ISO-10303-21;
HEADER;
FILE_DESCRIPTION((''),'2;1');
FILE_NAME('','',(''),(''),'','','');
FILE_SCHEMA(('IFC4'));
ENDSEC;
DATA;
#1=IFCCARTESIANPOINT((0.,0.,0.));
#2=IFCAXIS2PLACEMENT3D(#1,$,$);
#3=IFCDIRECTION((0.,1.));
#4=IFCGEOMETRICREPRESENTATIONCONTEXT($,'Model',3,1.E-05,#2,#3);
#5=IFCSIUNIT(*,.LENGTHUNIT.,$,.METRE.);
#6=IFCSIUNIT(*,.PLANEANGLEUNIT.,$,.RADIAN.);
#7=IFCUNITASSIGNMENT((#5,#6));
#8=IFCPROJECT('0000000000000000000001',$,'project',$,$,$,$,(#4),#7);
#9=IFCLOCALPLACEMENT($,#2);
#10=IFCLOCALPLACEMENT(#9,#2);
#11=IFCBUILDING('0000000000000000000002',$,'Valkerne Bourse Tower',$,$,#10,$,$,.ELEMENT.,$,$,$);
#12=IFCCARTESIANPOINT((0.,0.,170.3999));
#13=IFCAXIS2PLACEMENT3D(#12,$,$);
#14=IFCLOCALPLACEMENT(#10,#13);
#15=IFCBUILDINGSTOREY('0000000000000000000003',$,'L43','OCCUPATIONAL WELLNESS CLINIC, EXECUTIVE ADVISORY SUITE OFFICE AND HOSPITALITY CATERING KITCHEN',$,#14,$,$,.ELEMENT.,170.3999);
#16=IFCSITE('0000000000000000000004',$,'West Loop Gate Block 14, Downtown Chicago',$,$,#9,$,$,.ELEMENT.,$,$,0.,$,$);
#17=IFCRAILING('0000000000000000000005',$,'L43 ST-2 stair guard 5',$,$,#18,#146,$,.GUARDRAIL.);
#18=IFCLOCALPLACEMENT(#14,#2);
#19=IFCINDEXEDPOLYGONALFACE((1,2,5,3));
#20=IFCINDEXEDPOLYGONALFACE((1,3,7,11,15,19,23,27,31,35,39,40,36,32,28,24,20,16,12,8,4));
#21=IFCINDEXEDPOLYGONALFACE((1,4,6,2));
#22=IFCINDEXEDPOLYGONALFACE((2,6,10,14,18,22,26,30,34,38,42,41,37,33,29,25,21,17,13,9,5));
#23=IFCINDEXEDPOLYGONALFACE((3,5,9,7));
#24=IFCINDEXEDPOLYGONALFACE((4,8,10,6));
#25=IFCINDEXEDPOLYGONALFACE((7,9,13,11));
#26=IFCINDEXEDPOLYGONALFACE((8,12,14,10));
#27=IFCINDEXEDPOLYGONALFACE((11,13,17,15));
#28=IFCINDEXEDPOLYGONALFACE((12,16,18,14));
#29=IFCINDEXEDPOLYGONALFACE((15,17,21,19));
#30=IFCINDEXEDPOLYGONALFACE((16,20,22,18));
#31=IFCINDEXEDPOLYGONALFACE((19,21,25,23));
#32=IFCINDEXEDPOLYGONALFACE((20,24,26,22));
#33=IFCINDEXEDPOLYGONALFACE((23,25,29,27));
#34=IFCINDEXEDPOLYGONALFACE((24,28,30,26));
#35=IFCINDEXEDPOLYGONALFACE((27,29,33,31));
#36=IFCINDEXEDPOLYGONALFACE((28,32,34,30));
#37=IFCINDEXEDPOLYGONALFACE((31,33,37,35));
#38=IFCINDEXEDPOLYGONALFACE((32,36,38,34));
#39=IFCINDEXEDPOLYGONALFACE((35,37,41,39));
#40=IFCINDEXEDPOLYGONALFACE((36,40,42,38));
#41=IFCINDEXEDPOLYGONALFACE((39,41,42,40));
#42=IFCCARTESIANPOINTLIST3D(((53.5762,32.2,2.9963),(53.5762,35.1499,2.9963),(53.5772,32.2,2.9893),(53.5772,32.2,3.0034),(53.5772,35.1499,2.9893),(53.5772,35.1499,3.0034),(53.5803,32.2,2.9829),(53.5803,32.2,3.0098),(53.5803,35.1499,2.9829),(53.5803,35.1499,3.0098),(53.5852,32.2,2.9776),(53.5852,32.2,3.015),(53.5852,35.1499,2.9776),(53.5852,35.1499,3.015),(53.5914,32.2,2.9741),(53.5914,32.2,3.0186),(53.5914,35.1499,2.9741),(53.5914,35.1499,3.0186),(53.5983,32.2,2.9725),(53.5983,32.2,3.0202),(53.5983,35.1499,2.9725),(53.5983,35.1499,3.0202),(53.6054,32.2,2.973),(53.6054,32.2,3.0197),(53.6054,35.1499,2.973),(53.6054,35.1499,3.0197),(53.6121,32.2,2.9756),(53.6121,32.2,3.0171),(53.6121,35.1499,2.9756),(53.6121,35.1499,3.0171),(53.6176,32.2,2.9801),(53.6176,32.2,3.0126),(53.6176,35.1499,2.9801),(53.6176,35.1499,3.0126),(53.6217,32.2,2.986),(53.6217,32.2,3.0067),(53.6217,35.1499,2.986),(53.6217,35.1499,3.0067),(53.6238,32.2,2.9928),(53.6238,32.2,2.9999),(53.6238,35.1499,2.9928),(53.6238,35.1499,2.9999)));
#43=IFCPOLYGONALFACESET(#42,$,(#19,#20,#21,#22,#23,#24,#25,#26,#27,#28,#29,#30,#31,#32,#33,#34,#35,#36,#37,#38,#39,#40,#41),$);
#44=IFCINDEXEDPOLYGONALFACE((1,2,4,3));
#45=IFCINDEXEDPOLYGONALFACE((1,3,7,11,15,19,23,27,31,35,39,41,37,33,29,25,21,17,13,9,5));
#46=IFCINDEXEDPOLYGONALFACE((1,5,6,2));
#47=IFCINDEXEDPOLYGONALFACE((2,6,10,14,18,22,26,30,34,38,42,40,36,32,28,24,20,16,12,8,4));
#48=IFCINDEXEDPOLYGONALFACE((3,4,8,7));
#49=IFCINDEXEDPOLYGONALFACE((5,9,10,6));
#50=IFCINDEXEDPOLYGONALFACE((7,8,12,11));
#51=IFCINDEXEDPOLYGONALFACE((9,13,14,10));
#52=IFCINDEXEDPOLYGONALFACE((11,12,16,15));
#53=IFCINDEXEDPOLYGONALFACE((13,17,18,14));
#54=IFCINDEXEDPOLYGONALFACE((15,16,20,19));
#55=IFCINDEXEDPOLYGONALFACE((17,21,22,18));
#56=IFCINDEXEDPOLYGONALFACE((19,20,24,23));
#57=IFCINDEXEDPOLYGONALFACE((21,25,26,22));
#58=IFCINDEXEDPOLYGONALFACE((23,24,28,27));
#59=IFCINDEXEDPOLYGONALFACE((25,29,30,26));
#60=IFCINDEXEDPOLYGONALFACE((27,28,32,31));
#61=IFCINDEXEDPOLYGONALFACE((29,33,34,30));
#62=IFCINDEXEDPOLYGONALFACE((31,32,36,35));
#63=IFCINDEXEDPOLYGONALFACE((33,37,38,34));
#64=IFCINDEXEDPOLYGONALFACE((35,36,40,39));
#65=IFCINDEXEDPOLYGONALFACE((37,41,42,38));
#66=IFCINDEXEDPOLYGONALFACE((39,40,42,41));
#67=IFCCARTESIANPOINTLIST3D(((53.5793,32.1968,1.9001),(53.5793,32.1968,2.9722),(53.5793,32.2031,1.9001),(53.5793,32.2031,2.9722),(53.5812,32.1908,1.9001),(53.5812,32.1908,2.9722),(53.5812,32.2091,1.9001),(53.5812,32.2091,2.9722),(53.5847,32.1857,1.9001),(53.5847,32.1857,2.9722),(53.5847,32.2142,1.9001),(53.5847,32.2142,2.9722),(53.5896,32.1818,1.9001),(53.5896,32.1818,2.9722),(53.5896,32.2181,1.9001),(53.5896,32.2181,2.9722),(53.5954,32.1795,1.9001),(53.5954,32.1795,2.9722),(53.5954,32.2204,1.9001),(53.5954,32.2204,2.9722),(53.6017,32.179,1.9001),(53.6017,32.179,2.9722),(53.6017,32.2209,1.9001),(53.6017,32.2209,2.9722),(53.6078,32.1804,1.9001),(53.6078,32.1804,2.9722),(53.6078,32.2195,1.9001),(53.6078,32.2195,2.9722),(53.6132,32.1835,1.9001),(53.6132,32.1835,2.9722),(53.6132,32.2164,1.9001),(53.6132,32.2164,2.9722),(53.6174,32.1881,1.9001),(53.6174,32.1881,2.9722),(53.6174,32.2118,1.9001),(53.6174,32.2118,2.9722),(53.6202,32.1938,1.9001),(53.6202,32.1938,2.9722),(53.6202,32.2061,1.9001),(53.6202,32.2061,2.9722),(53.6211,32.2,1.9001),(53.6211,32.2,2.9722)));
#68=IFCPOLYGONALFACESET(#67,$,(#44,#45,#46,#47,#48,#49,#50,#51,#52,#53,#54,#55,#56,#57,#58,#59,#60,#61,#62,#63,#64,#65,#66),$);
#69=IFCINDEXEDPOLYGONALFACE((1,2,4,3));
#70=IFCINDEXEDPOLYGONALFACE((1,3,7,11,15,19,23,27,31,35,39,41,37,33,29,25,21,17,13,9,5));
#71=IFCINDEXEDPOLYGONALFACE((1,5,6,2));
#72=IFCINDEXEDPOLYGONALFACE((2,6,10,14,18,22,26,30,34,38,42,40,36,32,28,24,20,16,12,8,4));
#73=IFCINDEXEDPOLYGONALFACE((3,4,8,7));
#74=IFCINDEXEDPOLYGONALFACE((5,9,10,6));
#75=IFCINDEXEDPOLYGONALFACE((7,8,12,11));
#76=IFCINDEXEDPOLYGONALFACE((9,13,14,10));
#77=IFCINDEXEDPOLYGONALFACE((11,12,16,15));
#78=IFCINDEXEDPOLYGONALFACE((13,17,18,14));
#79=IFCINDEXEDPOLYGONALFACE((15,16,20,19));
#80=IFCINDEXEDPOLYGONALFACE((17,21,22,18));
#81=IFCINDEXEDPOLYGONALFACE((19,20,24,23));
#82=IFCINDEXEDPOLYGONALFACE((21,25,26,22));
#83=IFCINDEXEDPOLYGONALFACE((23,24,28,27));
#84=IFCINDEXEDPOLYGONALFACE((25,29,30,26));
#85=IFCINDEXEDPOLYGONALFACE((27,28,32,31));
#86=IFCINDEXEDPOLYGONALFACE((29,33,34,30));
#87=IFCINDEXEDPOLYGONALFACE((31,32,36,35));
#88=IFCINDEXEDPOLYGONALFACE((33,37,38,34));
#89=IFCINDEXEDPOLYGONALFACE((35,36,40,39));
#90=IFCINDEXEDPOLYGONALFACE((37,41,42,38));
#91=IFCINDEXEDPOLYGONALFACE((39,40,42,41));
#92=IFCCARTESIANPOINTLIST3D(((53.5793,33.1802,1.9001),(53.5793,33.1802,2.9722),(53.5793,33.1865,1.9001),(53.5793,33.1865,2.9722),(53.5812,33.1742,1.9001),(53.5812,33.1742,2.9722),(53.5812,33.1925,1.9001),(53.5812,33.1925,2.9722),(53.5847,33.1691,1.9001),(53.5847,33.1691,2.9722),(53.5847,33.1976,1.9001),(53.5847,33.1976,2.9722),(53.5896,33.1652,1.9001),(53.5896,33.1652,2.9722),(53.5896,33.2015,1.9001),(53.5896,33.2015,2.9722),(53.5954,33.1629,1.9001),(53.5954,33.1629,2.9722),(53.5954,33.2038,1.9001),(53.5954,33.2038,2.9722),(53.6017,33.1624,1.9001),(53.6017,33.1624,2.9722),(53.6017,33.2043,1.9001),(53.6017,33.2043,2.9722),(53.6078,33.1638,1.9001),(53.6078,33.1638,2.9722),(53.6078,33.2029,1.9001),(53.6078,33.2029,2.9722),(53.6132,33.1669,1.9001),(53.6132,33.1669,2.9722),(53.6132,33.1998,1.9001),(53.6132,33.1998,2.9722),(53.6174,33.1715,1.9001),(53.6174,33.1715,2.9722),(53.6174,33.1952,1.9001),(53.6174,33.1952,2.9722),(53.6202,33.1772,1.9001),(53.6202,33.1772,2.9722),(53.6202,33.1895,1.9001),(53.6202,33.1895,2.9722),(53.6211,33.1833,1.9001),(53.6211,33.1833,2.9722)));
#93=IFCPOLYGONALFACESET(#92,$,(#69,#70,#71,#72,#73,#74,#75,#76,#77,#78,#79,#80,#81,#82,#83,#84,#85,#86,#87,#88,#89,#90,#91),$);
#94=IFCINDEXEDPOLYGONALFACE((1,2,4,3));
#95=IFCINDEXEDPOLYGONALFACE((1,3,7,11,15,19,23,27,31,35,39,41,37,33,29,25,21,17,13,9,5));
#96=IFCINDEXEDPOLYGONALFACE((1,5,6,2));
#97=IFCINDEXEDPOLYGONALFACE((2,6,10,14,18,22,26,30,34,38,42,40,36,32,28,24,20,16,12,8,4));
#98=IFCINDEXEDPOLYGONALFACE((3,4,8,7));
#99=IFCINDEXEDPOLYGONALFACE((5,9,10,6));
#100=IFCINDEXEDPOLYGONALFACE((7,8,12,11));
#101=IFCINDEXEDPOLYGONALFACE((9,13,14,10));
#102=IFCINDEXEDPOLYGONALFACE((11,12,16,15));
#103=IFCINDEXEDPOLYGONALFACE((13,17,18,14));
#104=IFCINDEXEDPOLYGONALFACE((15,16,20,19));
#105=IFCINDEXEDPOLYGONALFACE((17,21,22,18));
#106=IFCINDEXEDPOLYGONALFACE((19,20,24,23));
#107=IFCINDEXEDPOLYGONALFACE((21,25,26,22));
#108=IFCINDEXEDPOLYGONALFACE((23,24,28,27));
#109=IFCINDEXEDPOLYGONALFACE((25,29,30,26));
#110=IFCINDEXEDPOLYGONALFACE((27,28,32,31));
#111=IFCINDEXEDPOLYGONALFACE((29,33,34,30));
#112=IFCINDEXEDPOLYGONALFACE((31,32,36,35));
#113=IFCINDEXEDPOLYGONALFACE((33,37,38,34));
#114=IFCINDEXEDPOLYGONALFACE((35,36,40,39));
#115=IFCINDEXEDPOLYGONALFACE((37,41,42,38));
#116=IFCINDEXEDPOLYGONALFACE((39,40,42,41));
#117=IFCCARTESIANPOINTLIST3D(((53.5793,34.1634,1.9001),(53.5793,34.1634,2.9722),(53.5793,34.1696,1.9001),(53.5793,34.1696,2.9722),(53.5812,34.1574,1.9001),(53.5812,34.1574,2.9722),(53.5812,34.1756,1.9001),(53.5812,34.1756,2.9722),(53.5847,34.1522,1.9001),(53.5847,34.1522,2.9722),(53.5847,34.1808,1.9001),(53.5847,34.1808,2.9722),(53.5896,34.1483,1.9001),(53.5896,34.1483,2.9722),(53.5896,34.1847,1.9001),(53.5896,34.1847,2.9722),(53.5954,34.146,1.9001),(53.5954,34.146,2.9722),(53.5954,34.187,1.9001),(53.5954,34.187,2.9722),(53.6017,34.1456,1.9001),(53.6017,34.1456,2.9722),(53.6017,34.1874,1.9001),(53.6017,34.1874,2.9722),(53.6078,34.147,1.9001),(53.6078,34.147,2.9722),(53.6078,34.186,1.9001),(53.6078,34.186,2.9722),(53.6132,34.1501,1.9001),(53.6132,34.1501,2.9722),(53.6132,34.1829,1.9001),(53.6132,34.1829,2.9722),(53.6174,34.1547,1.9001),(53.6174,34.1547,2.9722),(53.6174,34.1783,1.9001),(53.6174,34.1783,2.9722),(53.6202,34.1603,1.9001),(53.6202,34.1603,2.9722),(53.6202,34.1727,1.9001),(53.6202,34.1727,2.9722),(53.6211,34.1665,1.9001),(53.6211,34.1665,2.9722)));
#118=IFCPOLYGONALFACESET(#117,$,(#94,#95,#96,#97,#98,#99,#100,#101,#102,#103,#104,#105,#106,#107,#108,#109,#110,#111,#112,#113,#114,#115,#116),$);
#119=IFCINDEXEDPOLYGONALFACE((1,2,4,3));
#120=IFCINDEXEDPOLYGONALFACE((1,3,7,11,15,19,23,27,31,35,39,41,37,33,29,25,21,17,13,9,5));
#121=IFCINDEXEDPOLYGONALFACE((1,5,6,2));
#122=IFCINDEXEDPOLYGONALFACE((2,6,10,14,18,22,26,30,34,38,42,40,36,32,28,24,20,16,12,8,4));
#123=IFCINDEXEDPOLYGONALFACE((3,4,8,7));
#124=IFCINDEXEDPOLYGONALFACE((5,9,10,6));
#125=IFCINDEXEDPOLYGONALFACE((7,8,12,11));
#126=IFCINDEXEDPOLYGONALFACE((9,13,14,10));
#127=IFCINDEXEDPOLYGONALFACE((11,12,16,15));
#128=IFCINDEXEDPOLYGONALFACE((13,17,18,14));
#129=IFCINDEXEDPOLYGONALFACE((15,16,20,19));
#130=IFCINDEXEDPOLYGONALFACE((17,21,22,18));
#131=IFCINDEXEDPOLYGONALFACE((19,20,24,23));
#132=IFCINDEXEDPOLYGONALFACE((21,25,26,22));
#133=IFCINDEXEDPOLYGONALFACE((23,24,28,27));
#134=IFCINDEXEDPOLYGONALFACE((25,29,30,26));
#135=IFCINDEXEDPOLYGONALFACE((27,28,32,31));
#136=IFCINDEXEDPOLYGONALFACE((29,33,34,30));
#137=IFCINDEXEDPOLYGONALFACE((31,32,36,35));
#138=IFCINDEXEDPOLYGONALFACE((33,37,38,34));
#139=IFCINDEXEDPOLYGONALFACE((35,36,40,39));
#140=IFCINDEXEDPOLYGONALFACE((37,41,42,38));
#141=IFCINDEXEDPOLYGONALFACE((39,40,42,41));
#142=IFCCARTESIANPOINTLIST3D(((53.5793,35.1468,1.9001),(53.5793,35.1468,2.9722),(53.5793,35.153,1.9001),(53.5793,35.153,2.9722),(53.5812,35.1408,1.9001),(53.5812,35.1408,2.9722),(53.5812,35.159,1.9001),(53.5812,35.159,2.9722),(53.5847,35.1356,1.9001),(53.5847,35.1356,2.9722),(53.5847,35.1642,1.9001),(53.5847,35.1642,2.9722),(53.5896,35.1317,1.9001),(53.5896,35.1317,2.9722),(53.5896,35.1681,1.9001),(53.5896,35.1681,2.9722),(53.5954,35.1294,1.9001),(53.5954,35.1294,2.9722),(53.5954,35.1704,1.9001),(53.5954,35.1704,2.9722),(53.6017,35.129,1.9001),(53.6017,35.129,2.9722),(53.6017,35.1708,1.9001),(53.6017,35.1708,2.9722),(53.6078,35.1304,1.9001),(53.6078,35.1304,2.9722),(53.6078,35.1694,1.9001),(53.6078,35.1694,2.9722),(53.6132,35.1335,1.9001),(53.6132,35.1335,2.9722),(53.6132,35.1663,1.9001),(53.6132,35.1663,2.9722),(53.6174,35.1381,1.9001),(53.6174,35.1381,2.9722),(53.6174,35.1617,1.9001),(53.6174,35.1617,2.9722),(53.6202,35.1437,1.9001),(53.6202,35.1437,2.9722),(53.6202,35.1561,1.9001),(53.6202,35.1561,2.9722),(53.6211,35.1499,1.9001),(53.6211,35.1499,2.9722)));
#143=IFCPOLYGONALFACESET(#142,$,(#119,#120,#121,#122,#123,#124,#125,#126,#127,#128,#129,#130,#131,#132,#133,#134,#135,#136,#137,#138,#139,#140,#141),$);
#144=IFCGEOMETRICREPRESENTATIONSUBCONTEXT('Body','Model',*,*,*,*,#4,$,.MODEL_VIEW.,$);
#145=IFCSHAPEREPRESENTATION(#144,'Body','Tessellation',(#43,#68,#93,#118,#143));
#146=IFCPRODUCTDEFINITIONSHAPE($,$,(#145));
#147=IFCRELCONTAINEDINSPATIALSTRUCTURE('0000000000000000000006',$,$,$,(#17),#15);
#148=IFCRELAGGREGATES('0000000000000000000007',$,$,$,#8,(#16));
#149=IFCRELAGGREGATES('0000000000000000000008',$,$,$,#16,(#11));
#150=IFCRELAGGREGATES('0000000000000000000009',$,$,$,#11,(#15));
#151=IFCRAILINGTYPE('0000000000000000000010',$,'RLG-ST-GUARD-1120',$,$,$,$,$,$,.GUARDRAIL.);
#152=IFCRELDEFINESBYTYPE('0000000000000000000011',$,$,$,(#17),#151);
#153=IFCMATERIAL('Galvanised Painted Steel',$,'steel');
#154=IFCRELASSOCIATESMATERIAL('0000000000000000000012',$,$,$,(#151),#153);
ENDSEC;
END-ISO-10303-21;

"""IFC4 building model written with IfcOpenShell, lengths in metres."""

from ifc_helpers import new_model, si_unit, direction, frame, origin, origin_2d, place, context, subcontext, project, spatial, circle, extrude, material, type_object, element, save


model = new_model("IFC4")

# Units and contexts
model_context = context("Model", 3, precision=1e-05, world=origin(), true_north=direction((0.0, 1.0)))
body_context = subcontext(model_context, "Body", "Model", "MODEL_VIEW")
ifc_project = project(units=[si_unit("LENGTHUNIT", "METRE"), si_unit("PLANEANGLEUNIT", "RADIAN")], contexts=[model_context])

# Site, building, storey
site_placement = place(None, origin())
site = spatial("IfcSite", under=ifc_project, at=site_placement, Name="West Loop Gate Block 14, Downtown Chicago", CompositionType="ELEMENT", RefElevation=0.0)
building_placement = place(site_placement, origin())
building = spatial("IfcBuilding", under=site, at=building_placement, Name="Valkerne Bourse Tower", CompositionType="ELEMENT")
storey_placement = place(building_placement, frame((0.0, 0.0, 170.3999)))
storey = spatial("IfcBuildingStorey", under=building, at=storey_placement, Name="L43", Description="OCCUPATIONAL WELLNESS CLINIC, EXECUTIVE ADVISORY SUITE OFFICE AND HOSPITALITY CATERING KITCHEN", CompositionType="ELEMENT", Elevation=170.3999)

# Railing
ifc_material_1 = material(Name="Galvanised Painted Steel", Category="steel")
railing_type_1 = type_object("IfcRailingType", Name="RLG-ST-GUARD-1120", PredefinedType="GUARDRAIL", material=ifc_material_1)
railing_1_placement = place(storey_placement, frame((53.6001, 32.2, 1.9001)))
element("IfcRailing", 1, at=railing_1_placement, inside=storey, type_object=railing_type_1, Name="L43 ST-2 stair guard 5", PredefinedType="GUARDRAIL", context=body_context, shape_type="SweptSolid", body=[
    extrude(circle(Radius=0.0239, at=origin_2d()), frame((0.0, 0.0, 1.0962), z_axis=(0.0, 1.0, 0.0), x_axis=(-1.0, 0.0, 0.0)), (0.0, 0.0, 1.0), 2.95),
    extrude(circle(Radius=0.021, at=origin_2d()), origin(), (0.0, 0.0, 1.0), 1.072),
    extrude(circle(Radius=0.021, at=origin_2d()), frame((0.0, 0.9834, 0.0)), (0.0, 0.0, 1.0), 1.072),
    extrude(circle(Radius=0.021, at=origin_2d()), frame((0.0, 1.9666, 0.0)), (0.0, 0.0, 1.0), 1.072),
    extrude(circle(Radius=0.021, at=origin_2d()), frame((0.0, 2.95, 0.0)), (0.0, 0.0, 1.0), 1.072),
])

save(model, "model.ifc")
